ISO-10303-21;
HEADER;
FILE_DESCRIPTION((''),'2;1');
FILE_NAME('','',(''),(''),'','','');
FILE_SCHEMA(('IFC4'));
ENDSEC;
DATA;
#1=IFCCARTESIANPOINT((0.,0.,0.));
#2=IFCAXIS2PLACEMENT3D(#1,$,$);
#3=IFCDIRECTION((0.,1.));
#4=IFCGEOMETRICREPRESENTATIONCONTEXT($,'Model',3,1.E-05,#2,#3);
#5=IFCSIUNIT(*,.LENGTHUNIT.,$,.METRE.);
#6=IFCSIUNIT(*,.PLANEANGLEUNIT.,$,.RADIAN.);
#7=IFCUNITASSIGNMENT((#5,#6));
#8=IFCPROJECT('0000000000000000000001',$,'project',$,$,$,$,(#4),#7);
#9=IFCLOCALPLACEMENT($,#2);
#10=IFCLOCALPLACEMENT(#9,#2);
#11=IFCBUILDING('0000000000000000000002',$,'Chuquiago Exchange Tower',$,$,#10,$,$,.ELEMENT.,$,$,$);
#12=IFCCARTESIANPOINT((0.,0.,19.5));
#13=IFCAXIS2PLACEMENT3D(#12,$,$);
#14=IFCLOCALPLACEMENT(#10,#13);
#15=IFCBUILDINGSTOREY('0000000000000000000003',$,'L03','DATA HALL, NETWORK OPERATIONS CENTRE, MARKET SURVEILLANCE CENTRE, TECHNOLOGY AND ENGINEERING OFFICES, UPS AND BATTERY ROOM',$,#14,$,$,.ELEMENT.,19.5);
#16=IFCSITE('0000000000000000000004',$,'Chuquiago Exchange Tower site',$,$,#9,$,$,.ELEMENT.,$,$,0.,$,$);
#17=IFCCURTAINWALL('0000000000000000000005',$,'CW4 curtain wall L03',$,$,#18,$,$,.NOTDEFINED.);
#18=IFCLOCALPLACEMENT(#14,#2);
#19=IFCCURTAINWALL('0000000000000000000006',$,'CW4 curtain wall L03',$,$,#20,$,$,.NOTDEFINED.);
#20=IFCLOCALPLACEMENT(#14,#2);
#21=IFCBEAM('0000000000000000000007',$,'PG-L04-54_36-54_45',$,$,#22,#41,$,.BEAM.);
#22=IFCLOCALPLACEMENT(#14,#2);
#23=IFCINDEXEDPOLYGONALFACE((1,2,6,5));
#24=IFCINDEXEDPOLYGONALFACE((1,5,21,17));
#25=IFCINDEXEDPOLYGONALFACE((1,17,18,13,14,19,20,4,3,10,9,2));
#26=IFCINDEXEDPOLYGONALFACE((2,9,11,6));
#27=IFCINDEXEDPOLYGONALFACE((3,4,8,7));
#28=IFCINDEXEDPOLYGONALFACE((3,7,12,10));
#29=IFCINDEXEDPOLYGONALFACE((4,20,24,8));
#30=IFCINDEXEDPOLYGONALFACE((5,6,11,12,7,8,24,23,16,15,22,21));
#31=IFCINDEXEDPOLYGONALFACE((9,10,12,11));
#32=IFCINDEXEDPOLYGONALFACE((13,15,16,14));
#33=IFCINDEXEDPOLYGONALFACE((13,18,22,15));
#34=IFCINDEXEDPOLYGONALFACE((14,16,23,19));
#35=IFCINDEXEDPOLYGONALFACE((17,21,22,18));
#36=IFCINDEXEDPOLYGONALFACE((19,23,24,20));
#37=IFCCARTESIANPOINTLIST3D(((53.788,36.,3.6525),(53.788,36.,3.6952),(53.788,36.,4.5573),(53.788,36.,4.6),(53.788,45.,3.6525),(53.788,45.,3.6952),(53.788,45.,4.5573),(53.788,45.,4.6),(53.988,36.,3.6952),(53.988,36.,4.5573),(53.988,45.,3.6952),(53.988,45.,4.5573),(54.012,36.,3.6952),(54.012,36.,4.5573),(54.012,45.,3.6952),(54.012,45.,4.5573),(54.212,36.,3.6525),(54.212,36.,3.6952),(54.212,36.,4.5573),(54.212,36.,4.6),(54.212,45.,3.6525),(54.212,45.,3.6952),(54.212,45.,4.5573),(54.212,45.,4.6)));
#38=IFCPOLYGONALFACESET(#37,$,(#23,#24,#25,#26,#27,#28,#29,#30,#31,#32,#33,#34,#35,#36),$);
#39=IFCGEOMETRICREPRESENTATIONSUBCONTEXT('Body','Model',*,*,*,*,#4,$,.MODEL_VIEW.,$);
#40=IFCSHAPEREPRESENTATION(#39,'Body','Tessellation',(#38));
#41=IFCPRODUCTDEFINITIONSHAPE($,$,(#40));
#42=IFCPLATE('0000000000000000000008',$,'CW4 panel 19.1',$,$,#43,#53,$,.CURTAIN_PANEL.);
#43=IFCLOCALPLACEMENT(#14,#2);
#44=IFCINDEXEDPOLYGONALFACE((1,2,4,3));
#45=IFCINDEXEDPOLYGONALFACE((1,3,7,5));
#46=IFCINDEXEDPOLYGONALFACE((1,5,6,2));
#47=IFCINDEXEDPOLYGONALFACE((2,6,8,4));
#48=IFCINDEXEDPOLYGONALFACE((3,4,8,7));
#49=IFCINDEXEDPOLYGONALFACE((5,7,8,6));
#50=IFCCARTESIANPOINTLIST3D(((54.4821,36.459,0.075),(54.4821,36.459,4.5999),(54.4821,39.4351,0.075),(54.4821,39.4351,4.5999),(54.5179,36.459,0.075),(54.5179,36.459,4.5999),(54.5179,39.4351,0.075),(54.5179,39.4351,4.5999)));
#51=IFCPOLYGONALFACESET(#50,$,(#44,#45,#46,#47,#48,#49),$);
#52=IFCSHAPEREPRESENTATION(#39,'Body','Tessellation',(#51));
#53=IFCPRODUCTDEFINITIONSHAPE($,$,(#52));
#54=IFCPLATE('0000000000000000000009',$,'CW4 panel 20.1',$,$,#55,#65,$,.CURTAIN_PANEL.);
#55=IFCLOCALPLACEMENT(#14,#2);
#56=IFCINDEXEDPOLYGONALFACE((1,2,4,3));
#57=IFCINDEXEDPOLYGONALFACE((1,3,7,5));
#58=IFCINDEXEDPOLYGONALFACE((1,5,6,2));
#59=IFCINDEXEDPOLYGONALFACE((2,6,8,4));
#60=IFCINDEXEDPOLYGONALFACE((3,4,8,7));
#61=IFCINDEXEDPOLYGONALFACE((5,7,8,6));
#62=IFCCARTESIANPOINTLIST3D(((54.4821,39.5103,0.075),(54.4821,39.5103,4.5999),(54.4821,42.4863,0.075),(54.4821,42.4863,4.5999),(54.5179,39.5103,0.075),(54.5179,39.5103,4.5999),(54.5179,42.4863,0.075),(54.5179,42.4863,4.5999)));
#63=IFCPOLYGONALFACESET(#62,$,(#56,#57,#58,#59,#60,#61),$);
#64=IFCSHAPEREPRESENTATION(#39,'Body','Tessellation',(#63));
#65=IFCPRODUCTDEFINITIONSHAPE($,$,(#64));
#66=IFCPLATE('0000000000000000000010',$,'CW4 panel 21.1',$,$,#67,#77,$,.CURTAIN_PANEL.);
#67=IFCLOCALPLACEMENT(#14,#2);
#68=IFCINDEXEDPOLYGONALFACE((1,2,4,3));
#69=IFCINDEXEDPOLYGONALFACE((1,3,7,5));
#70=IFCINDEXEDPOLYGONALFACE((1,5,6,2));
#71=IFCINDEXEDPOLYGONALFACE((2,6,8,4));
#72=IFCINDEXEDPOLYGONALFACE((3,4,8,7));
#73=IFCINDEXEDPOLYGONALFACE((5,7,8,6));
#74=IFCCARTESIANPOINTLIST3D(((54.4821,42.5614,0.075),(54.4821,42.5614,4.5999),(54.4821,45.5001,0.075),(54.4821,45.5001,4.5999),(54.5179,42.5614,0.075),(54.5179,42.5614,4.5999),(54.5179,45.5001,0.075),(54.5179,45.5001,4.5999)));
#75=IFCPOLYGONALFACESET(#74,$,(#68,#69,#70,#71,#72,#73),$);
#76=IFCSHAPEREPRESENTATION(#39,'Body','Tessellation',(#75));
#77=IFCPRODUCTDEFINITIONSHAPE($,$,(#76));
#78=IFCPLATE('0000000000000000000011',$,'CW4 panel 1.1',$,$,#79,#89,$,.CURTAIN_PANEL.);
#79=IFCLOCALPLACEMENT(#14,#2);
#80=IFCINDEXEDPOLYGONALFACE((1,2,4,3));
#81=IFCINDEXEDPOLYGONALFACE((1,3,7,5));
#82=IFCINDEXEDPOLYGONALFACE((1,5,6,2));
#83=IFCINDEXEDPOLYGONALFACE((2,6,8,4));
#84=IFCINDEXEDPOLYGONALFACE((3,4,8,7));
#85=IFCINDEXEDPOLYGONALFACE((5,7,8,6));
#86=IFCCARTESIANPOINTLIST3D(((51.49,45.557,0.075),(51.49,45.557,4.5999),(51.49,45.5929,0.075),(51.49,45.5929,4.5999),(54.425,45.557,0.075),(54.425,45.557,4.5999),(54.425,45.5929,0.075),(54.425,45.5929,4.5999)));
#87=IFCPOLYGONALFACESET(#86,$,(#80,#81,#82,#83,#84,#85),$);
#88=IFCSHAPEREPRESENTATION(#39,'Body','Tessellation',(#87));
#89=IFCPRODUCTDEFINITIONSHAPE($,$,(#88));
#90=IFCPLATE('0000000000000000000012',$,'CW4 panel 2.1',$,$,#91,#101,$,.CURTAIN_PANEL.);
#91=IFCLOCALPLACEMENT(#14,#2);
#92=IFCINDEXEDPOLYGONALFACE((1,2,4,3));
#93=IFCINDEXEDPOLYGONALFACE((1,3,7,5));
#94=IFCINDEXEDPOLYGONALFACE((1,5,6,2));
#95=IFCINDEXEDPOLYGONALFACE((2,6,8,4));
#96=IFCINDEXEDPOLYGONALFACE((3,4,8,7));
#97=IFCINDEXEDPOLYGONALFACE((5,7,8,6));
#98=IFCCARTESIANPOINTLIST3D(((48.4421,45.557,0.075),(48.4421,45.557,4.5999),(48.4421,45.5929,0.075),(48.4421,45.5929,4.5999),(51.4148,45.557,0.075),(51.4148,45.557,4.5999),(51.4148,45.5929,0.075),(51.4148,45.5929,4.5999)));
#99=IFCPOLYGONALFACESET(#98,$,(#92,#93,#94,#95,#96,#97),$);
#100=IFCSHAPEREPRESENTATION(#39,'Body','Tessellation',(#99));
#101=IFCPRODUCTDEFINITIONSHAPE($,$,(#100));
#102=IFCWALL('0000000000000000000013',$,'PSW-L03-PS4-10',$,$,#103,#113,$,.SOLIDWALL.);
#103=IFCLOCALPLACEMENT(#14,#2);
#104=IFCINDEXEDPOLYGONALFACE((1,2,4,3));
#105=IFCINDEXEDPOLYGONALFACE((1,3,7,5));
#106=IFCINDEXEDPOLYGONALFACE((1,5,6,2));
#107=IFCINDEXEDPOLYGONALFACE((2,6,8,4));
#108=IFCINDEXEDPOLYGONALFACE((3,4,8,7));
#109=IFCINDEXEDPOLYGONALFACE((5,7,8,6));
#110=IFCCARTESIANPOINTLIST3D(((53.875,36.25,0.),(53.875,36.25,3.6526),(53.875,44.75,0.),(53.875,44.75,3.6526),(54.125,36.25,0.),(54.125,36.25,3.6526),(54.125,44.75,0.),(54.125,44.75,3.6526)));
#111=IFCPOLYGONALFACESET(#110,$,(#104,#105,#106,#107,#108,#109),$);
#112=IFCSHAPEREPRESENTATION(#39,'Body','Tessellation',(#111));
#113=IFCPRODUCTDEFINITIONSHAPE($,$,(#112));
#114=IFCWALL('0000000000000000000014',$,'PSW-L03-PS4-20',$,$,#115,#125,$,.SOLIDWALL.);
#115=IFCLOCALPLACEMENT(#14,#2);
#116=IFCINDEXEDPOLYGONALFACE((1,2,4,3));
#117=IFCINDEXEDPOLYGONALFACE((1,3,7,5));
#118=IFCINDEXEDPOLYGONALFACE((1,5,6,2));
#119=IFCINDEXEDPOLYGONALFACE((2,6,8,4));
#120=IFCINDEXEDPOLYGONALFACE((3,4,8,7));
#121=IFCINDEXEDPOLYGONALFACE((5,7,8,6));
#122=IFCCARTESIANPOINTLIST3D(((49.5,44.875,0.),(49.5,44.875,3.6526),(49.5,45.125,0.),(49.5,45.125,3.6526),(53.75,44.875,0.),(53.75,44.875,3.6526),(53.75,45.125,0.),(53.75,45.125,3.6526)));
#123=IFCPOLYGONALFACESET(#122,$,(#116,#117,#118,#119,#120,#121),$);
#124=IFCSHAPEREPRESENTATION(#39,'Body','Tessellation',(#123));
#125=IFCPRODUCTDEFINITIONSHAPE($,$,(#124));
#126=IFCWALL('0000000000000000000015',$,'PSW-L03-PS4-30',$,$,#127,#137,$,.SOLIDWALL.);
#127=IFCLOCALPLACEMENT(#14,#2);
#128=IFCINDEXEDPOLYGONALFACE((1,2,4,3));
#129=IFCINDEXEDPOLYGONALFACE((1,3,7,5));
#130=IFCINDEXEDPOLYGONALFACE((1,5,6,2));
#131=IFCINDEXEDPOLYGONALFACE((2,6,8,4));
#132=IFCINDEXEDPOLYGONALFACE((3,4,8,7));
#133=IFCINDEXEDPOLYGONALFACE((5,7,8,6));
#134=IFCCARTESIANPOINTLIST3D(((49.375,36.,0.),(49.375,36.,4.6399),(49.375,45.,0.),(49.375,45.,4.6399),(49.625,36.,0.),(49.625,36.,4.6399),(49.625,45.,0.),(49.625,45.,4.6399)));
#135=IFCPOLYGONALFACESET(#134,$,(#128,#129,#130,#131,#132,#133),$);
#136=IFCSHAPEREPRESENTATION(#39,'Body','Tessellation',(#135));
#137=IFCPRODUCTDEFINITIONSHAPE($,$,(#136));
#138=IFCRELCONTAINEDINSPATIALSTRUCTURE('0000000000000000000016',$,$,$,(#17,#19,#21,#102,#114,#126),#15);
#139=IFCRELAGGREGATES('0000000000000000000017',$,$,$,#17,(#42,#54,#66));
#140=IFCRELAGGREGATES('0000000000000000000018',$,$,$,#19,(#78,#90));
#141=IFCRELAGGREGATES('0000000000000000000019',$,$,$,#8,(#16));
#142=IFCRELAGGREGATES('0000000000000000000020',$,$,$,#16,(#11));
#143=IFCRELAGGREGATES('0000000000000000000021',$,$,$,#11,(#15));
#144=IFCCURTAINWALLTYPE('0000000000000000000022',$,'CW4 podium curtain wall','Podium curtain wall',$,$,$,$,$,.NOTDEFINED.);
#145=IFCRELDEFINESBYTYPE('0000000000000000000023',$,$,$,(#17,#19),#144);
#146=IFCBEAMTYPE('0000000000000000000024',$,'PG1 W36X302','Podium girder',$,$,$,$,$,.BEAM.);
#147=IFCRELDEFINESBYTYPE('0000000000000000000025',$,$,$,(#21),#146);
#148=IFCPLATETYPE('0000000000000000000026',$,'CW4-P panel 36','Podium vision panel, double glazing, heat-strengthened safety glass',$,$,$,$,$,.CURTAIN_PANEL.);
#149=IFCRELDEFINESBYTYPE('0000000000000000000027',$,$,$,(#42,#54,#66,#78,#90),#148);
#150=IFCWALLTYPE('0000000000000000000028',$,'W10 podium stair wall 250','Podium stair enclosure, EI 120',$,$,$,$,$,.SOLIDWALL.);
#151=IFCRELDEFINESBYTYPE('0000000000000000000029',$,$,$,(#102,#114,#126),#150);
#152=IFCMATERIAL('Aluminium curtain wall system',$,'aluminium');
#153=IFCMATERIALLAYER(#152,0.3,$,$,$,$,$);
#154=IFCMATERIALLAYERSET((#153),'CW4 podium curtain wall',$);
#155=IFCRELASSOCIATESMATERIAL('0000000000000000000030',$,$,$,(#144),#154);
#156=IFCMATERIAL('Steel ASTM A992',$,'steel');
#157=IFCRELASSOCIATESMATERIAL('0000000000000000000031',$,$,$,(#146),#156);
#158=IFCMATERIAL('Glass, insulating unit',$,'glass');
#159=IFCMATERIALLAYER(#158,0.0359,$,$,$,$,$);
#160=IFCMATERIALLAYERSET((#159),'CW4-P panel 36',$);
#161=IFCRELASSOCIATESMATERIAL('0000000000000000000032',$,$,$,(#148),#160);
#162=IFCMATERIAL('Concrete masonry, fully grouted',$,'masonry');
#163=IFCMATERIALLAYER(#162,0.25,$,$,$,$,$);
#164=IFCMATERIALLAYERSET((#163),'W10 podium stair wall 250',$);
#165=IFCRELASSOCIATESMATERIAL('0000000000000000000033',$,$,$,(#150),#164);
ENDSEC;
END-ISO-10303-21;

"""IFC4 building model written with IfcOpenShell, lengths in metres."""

from ifc_helpers import new_model, si_unit, direction, frame, frame_2d, origin, origin_2d, place, context, subcontext, project, spatial, rectangle, i_section, extrude, material, layer, layer_set, material_profile, profile_set, type_object, element, aggregate, save


model = new_model("IFC4")

# Units and contexts
model_context = context("Model", 3, precision=1e-05, world=origin(), true_north=direction((0.0, 1.0)))
body_context = subcontext(model_context, "Body", "Model", "MODEL_VIEW")
ifc_project = project(units=[si_unit("LENGTHUNIT", "METRE"), si_unit("PLANEANGLEUNIT", "RADIAN")], contexts=[model_context])

# Site, building, storey
site_placement = place(None, origin())
site = spatial("IfcSite", under=ifc_project, at=site_placement, Name="Chuquiago Exchange Tower site", CompositionType="ELEMENT", RefElevation=0.0)
building_placement = place(site_placement, origin())
building = spatial("IfcBuilding", under=site, at=building_placement, Name="Chuquiago Exchange Tower", CompositionType="ELEMENT")
storey_placement = place(building_placement, frame((0.0, 0.0, 19.5)))
storey = spatial("IfcBuildingStorey", under=building, at=storey_placement, Name="L03", Description="DATA HALL, NETWORK OPERATIONS CENTRE, MARKET SURVEILLANCE CENTRE, TECHNOLOGY AND ENGINEERING OFFICES, UPS AND BATTERY ROOM", CompositionType="ELEMENT", Elevation=19.5)

# Curtain walls
ifc_material_1 = material(Name="Aluminium curtain wall system", Category="aluminium")
ifc_layer_1 = layer(ifc_material_1, 0.3)
ifc_layer_set_1 = layer_set([ifc_layer_1], Name="CW4 podium curtain wall")
curtain_wall_type = type_object("IfcCurtainWallType", Name="CW4 podium curtain wall", Description="Podium curtain wall", PredefinedType="NOTDEFINED", material=ifc_layer_set_1)
curtain_wall_1_placement = place(storey_placement, origin())
curtain_wall_1 = element("IfcCurtainWall", 1, at=curtain_wall_1_placement, inside=storey, type_object=curtain_wall_type, Name="CW4 curtain wall L03", PredefinedType="NOTDEFINED")
curtain_wall_2_placement = place(storey_placement, origin())
curtain_wall_2 = element("IfcCurtainWall", 2, at=curtain_wall_2_placement, inside=storey, type_object=curtain_wall_type, Name="CW4 curtain wall L03", PredefinedType="NOTDEFINED")

# Beam
ifc_material_2 = material(Name="Steel ASTM A992", Category="steel")
ifc_material_profile_1 = material_profile(ifc_material_2, i_section(OverallWidth=0.4241, OverallDepth=0.9475, WebThickness=0.0239, FlangeThickness=0.0427, at=origin_2d()), Name="W36X302")
ifc_profile_set_1 = profile_set([ifc_material_profile_1], Name="Steel ASTM A992")
beam_type = type_object("IfcBeamType", Name="PG1 W36X302", Description="Podium girder", PredefinedType="BEAM", material=ifc_profile_set_1)
beam_placement = place(storey_placement, frame((54.0, 36.0, 4.1262), z_axis=(0.0, 1.0, 0.0), x_axis=(-1.0, 0.0, 0.0)))
element("IfcBeam", 3, at=beam_placement, inside=storey, type_object=beam_type, Name="PG-L04-54_36-54_45", PredefinedType="BEAM", context=body_context, shape_type="SweptSolid", body=[
    extrude(i_section(OverallWidth=0.4241, OverallDepth=0.9475, WebThickness=0.0239, FlangeThickness=0.0427, at=origin_2d()), origin(), (0.0, 0.0, 1.0), 9.0),
])

# Plates
ifc_material_3 = material(Name="Glass, insulating unit", Category="glass")
ifc_layer_2 = layer(ifc_material_3, 0.0359)
ifc_layer_set_2 = layer_set([ifc_layer_2], Name="CW4-P panel 36")
plate_type = type_object("IfcPlateType", Name="CW4-P panel 36", Description="Podium vision panel, double glazing, heat-strengthened safety glass", PredefinedType="CURTAIN_PANEL", material=ifc_layer_set_2)
plate_1_placement = place(storey_placement, frame((54.5, 37.947, 0.075), z_axis=(0.0, 0.0, 1.0), x_axis=(0.0, 1.0, 0.0)))
plate_1 = element("IfcPlate", 4, at=plate_1_placement, type_object=plate_type, Name="CW4 panel 19.1", PredefinedType="CURTAIN_PANEL", context=body_context, shape_type="SweptSolid", body=[
    extrude(rectangle(XDim=2.9761, YDim=0.0359, at=origin_2d()), origin(), (0.0, 0.0, 1.0), 4.5249),
])
plate_2_placement = place(storey_placement, frame((54.5, 40.9983, 0.075), z_axis=(0.0, 0.0, 1.0), x_axis=(0.0, 1.0, 0.0)))
plate_2 = element("IfcPlate", 5, at=plate_2_placement, type_object=plate_type, Name="CW4 panel 20.1", PredefinedType="CURTAIN_PANEL", context=body_context, shape_type="SweptSolid", body=[
    extrude(rectangle(XDim=2.9761, YDim=0.0359, at=origin_2d()), origin(), (0.0, 0.0, 1.0), 4.5249),
])
plate_3_placement = place(storey_placement, frame((54.5, 44.0308, 0.075), z_axis=(0.0, 0.0, 1.0), x_axis=(0.0, 1.0, 0.0)))
plate_3 = element("IfcPlate", 6, at=plate_3_placement, type_object=plate_type, Name="CW4 panel 21.1", PredefinedType="CURTAIN_PANEL", context=body_context, shape_type="SweptSolid", body=[
    extrude(rectangle(XDim=2.9387, YDim=0.0359, at=origin_2d()), origin(), (0.0, 0.0, 1.0), 4.5249),
])
aggregate(curtain_wall_1, [plate_1, plate_2, plate_3])
plate_4_placement = place(storey_placement, frame((52.9575, 45.575, 0.075), z_axis=(0.0, 0.0, 1.0), x_axis=(-1.0, 0.0, 0.0)))
plate_4 = element("IfcPlate", 7, at=plate_4_placement, type_object=plate_type, Name="CW4 panel 1.1", PredefinedType="CURTAIN_PANEL", context=body_context, shape_type="SweptSolid", body=[
    extrude(rectangle(XDim=2.9351, YDim=0.0359, at=origin_2d()), origin(), (0.0, 0.0, 1.0), 4.5249),
])
plate_5_placement = place(storey_placement, frame((49.9285, 45.575, 0.075), z_axis=(0.0, 0.0, 1.0), x_axis=(-1.0, 0.0, 0.0)))
plate_5 = element("IfcPlate", 8, at=plate_5_placement, type_object=plate_type, Name="CW4 panel 2.1", PredefinedType="CURTAIN_PANEL", context=body_context, shape_type="SweptSolid", body=[
    extrude(rectangle(XDim=2.9727, YDim=0.0359, at=origin_2d()), origin(), (0.0, 0.0, 1.0), 4.5249),
])
aggregate(curtain_wall_2, [plate_4, plate_5])

# Walls
ifc_material_4 = material(Name="Concrete masonry, fully grouted", Category="masonry")
ifc_layer_3 = layer(ifc_material_4, 0.25)
ifc_layer_set_3 = layer_set([ifc_layer_3], Name="W10 podium stair wall 250")
wall_type = type_object("IfcWallType", Name="W10 podium stair wall 250", Description="Podium stair enclosure, EI 120", PredefinedType="SOLIDWALL", material=ifc_layer_set_3)
wall_1_placement = place(storey_placement, frame((54.0, 36.25, 0.0), z_axis=(0.0, 0.0, 1.0), x_axis=(0.0, 1.0, 0.0)))
element("IfcWall", 9, at=wall_1_placement, inside=storey, type_object=wall_type, Name="PSW-L03-PS4-10", PredefinedType="SOLIDWALL", context=body_context, shape_type="SweptSolid", body=[
    extrude(rectangle(XDim=8.5, YDim=0.25, at=frame_2d((4.25, 0.0))), origin(), (0.0, 0.0, 1.0), 3.6526),
])
wall_2_placement = place(storey_placement, frame((49.5, 45.0, 0.0), z_axis=(0.0, 0.0, 1.0), x_axis=(1.0, 0.0, 0.0)))
element("IfcWall", 10, at=wall_2_placement, inside=storey, type_object=wall_type, Name="PSW-L03-PS4-20", PredefinedType="SOLIDWALL", context=body_context, shape_type="SweptSolid", body=[
    extrude(rectangle(XDim=4.25, YDim=0.25, at=frame_2d((2.125, 0.0))), origin(), (0.0, 0.0, 1.0), 3.6526),
])
wall_3_placement = place(storey_placement, frame((49.5, 36.0, 0.0), z_axis=(0.0, 0.0, 1.0), x_axis=(0.0, 1.0, 0.0)))
element("IfcWall", 11, at=wall_3_placement, inside=storey, type_object=wall_type, Name="PSW-L03-PS4-30", PredefinedType="SOLIDWALL", context=body_context, shape_type="SweptSolid", body=[
    extrude(rectangle(XDim=9.0, YDim=0.25, at=frame_2d((4.5, 0.0))), origin(), (0.0, 0.0, 1.0), 4.6399),
])

save(model, "model.ifc")
